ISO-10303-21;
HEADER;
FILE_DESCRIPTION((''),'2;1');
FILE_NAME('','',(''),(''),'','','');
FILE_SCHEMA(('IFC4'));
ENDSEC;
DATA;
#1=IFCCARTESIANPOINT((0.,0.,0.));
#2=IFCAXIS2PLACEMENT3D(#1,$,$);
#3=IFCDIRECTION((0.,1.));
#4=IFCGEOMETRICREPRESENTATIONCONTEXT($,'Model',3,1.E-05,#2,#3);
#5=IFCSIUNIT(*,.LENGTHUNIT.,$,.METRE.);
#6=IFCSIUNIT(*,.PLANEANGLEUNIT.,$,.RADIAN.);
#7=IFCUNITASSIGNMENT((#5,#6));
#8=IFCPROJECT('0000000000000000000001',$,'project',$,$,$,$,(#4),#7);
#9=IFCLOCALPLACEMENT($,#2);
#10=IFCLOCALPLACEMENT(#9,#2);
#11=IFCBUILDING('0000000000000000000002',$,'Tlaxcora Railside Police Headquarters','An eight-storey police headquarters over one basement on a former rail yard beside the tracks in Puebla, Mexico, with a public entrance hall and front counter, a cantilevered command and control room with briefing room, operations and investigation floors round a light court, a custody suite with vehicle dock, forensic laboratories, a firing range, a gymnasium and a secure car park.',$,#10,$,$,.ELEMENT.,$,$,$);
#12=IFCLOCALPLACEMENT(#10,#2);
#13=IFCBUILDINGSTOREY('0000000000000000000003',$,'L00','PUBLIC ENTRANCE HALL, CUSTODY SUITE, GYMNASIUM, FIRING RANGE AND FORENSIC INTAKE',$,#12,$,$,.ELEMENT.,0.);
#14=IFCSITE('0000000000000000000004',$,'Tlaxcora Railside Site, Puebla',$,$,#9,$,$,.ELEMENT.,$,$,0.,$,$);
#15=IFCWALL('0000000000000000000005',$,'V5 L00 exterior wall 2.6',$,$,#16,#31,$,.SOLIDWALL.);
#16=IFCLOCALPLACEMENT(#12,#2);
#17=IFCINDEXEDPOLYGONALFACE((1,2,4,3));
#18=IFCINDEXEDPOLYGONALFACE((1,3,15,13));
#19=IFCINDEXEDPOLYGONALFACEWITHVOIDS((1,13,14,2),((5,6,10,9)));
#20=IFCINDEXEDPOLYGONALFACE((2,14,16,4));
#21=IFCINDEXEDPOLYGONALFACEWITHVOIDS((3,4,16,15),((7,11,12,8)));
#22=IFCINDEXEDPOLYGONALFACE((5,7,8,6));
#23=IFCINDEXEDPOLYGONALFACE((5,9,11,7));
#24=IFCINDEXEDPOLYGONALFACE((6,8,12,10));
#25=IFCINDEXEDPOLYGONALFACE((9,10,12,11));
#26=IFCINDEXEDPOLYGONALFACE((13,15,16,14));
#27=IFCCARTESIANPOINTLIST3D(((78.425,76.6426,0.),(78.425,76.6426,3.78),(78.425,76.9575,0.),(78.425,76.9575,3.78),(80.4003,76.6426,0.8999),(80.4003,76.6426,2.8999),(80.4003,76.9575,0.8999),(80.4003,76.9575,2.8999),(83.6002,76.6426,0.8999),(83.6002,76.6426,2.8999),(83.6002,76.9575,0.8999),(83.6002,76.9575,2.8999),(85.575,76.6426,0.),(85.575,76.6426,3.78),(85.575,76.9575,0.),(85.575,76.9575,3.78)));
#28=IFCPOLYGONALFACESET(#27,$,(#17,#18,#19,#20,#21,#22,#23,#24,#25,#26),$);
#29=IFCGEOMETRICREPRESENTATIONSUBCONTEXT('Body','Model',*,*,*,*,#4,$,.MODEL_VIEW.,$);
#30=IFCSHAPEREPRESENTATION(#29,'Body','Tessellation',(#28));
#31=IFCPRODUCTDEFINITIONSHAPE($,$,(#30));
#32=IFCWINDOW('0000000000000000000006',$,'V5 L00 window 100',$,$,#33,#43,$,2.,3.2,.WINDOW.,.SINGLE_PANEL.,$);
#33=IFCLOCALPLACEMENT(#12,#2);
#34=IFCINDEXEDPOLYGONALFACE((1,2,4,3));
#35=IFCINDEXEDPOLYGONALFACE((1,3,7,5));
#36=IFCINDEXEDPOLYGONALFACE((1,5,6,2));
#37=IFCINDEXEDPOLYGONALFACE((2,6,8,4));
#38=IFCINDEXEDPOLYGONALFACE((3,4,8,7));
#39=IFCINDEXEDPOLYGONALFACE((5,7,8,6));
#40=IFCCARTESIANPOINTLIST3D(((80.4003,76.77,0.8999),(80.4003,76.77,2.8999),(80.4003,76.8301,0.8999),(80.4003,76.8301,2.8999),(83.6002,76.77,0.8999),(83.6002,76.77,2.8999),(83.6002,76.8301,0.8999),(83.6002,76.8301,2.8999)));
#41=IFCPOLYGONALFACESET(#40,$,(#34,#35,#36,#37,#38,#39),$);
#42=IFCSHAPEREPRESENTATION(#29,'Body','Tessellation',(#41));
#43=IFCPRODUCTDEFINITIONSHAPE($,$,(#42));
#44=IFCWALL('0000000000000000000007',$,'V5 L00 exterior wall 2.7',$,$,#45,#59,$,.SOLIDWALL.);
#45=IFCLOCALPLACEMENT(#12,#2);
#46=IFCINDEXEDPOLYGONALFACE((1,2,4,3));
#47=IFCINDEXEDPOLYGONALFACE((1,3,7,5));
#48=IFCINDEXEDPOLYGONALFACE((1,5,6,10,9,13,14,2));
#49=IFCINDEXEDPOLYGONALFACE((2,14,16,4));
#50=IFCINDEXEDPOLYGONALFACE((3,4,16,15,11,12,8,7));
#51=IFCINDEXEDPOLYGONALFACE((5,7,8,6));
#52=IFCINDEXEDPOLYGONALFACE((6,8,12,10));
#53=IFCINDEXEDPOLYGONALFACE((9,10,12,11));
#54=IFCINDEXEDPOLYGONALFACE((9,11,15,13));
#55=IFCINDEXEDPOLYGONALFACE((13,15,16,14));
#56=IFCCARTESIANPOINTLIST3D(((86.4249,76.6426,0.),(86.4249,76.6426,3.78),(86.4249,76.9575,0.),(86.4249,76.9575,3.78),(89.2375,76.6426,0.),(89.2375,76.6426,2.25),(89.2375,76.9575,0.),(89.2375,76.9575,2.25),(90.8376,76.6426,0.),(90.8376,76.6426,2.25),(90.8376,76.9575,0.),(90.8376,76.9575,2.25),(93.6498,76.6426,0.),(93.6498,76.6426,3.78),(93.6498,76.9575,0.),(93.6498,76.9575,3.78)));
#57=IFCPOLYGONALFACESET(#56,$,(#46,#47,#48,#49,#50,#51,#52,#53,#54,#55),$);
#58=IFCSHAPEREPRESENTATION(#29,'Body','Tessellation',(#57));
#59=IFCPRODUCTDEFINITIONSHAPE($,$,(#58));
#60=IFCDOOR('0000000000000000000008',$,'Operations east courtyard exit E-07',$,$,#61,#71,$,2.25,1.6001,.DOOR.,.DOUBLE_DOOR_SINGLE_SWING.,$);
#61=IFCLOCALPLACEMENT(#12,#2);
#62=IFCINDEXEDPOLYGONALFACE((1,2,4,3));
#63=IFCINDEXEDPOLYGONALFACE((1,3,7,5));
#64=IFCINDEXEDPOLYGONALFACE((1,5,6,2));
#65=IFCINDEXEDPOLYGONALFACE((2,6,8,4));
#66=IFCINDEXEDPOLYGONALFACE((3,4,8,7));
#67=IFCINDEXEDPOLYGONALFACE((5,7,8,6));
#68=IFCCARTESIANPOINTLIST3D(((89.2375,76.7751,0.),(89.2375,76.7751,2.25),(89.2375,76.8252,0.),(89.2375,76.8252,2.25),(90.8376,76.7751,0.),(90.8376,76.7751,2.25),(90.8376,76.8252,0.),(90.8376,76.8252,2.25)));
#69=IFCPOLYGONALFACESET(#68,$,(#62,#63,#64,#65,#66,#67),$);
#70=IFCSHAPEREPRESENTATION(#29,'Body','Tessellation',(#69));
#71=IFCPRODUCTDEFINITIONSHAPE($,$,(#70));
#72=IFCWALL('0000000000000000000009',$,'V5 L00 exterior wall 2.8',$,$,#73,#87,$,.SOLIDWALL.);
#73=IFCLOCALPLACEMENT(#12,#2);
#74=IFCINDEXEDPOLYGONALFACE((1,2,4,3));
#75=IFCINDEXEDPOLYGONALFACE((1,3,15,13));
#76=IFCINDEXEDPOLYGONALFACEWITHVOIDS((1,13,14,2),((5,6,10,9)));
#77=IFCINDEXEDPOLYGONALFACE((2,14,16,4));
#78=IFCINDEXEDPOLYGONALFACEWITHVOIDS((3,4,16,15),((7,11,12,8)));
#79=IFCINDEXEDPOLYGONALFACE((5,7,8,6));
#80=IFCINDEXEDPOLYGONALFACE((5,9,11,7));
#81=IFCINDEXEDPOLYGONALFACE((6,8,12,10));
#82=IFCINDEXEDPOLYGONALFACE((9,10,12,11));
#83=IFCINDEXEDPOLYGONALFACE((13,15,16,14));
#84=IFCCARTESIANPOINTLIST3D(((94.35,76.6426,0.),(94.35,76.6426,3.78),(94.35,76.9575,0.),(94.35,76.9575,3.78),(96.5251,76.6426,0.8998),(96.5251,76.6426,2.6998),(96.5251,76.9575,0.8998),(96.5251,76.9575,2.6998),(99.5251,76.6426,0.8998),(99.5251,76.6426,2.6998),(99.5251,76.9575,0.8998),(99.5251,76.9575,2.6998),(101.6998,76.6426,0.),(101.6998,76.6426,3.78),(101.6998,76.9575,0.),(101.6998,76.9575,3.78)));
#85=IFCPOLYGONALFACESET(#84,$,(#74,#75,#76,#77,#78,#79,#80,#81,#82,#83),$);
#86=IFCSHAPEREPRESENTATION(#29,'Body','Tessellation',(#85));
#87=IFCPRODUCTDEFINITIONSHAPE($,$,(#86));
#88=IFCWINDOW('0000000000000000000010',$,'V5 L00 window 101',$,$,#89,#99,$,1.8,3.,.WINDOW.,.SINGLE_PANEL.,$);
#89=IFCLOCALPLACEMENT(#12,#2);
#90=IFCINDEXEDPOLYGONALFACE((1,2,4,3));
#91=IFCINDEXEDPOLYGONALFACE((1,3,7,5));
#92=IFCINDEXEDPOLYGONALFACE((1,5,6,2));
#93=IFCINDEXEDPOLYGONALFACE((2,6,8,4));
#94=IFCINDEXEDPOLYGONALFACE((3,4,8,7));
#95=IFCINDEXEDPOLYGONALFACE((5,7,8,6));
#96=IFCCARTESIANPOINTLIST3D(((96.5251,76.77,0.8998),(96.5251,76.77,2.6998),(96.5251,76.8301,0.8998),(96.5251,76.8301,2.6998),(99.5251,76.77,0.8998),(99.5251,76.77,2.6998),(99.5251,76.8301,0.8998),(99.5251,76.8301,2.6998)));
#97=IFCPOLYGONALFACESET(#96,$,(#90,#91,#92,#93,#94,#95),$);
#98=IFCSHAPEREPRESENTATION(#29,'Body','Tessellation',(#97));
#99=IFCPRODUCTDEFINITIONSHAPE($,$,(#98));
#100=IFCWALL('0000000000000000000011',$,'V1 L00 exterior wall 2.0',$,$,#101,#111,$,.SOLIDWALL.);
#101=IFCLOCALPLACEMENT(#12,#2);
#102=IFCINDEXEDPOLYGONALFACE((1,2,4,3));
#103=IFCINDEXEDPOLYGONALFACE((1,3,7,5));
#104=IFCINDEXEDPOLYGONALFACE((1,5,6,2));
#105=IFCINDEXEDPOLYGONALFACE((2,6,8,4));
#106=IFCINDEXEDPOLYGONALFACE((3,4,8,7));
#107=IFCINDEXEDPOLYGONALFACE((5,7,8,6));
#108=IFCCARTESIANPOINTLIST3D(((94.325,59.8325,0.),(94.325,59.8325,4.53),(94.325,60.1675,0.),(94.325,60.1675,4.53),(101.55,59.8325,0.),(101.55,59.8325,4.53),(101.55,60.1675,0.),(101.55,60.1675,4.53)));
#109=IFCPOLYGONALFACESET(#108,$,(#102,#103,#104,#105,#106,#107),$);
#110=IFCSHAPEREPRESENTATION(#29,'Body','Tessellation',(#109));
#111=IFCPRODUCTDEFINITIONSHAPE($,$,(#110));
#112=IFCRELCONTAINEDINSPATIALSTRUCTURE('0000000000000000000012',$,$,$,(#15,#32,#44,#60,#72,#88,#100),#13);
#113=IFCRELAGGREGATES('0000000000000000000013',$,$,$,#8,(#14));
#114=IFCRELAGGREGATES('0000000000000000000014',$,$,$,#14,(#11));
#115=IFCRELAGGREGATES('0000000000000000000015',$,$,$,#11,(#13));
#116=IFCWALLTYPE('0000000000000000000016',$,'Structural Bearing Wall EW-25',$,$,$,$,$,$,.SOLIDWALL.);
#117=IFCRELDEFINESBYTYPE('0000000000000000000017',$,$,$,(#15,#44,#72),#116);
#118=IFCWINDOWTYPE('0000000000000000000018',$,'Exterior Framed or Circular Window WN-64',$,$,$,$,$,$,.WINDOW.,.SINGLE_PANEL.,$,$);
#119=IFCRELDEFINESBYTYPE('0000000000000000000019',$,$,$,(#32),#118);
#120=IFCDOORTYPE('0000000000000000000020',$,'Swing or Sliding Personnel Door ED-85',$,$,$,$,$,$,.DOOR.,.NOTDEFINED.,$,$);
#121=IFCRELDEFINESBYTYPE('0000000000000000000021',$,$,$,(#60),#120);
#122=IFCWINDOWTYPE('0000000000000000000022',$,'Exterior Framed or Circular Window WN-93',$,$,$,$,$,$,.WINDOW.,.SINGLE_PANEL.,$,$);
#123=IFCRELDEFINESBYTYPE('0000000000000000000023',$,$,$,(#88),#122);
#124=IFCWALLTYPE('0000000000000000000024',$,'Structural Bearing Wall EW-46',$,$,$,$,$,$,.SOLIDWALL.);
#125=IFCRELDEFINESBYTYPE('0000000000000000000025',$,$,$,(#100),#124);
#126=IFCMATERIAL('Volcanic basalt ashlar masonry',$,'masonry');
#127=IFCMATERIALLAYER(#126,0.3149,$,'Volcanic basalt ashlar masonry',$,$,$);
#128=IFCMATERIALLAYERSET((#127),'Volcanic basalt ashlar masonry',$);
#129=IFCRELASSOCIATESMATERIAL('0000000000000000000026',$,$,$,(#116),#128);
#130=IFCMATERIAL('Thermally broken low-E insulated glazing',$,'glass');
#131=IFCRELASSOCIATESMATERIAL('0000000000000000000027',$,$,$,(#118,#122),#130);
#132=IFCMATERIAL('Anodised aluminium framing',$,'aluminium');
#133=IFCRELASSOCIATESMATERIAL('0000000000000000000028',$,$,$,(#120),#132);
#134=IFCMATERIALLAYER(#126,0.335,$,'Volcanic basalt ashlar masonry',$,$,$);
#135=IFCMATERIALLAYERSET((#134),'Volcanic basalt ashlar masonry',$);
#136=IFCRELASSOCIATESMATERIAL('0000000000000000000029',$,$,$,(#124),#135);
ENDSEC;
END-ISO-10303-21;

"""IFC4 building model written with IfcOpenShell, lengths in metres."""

from ifc_helpers import new_model, si_unit, direction, frame, frame_2d, origin, place, context, subcontext, project, spatial, rectangle, extrude, material, layer, layer_set, type_object, element, fill, save


model = new_model("IFC4")

# Units and contexts
model_context = context("Model", 3, precision=1e-05, world=origin(), true_north=direction((0.0, 1.0)))
body_context = subcontext(model_context, "Body", "Model", "MODEL_VIEW")
ifc_project = project(units=[si_unit("LENGTHUNIT", "METRE"), si_unit("PLANEANGLEUNIT", "RADIAN")], contexts=[model_context])

# Site, building, storey
site_placement = place(None, origin())
site = spatial("IfcSite", under=ifc_project, at=site_placement, Name="Tlaxcora Railside Site, Puebla", CompositionType="ELEMENT", RefElevation=0.0)
building_placement = place(site_placement, origin())
building = spatial("IfcBuilding", under=site, at=building_placement, Name="Tlaxcora Railside Police Headquarters", Description="An eight-storey police headquarters over one basement on a former rail yard beside the tracks in Puebla, Mexico, with a public entrance hall and front counter, a cantilevered command and control room with briefing room, operations and investigation floors round a light court, a custody suite with vehicle dock, forensic laboratories, a firing range, a gymnasium and a secure car park.", CompositionType="ELEMENT")
storey_placement = place(building_placement, origin())
storey = spatial("IfcBuildingStorey", under=building, at=storey_placement, Name="L00", Description="PUBLIC ENTRANCE HALL, CUSTODY SUITE, GYMNASIUM, FIRING RANGE AND FORENSIC INTAKE", CompositionType="ELEMENT", Elevation=0.0)

# Wall, opening, window
ifc_material_1 = material(Name="Volcanic basalt ashlar masonry", Category="masonry")
ifc_layer_1 = layer(ifc_material_1, 0.3149, Name="Volcanic basalt ashlar masonry")
ifc_layer_set_1 = layer_set([ifc_layer_1], Name="Volcanic basalt ashlar masonry")
wall_type_1 = type_object("IfcWallType", Name="Structural Bearing Wall EW-25", PredefinedType="SOLIDWALL", material=ifc_layer_set_1)
wall_1_placement = place(storey_placement, frame((78.425, 76.8, 0.0), z_axis=(0.0, 0.0, 1.0), x_axis=(1.0, 0.0, 0.0)))
wall_1 = element("IfcWall", 1, at=wall_1_placement, inside=storey, type_object=wall_type_1, Name="V5 L00 exterior wall 2.6", PredefinedType="SOLIDWALL", context=body_context, shape_type="SweptSolid", body=[
    extrude(rectangle(XDim=7.1499, YDim=0.3149, at=frame_2d((3.575, 0.0))), origin(), (0.0, 0.0, 1.0), 3.78),
])
opening_1_placement = place(wall_1_placement, frame((1.9751, 0.0, 0.8999)))
opening_1 = element("IfcOpeningElement", 2, at=opening_1_placement, cuts=wall_1, PredefinedType="OPENING", context=body_context, shape_type="SweptSolid", body=[
    extrude(rectangle(XDim=3.2, YDim=2.0, at=frame_2d((1.6001, 1.0))), frame((0.0, 0.1675, 0.0), z_axis=(0.0, -1.0, 0.0), x_axis=(1.0, 0.0, 0.0)), (0.0, 0.0, 1.0), 0.335),
])
ifc_material_2 = material(Name="Thermally broken low-E insulated glazing", Category="glass")
window_type_1 = type_object("IfcWindowType", Name="Exterior Framed or Circular Window WN-64", PartitioningType="SINGLE_PANEL", PredefinedType="WINDOW", material=ifc_material_2)
window_1_placement = place(opening_1_placement, origin())
window_1 = element("IfcWindow", 3, at=window_1_placement, inside=storey, type_object=window_type_1, Name="V5 L00 window 100", OverallHeight=2.0, OverallWidth=3.2, PartitioningType="SINGLE_PANEL", PredefinedType="WINDOW", context=body_context, shape_type="SweptSolid", body=[
    extrude(rectangle(XDim=3.2, YDim=2.0, at=frame_2d((1.6001, 1.0))), frame((0.0, 0.03, 0.0), z_axis=(0.0, -1.0, 0.0), x_axis=(1.0, 0.0, 0.0)), (0.0, 0.0, 1.0), 0.0601),
])
fill(opening_1, window_1)

# Wall, opening, door
wall_2_placement = place(storey_placement, frame((86.425, 76.8, 0.0), z_axis=(0.0, 0.0, 1.0), x_axis=(1.0, 0.0, 0.0)))
wall_2 = element("IfcWall", 4, at=wall_2_placement, inside=storey, type_object=wall_type_1, Name="V5 L00 exterior wall 2.7", PredefinedType="SOLIDWALL", context=body_context, shape_type="SweptSolid", body=[
    extrude(rectangle(XDim=7.2249, YDim=0.3149, at=frame_2d((3.6123, 0.0))), origin(), (0.0, 0.0, 1.0), 3.78),
])
opening_2_placement = place(wall_2_placement, frame((2.8125, 0.0, 0.0)))
opening_2 = element("IfcOpeningElement", 5, at=opening_2_placement, cuts=wall_2, PredefinedType="OPENING", context=body_context, shape_type="SweptSolid", body=[
    extrude(rectangle(XDim=1.6001, YDim=2.25, at=frame_2d((0.8, 1.125))), frame((0.0, 0.1675, 0.0), z_axis=(0.0, -1.0, 0.0), x_axis=(1.0, 0.0, 0.0)), (0.0, 0.0, 1.0), 0.335),
])
ifc_material_3 = material(Name="Anodised aluminium framing", Category="aluminium")
door_type = type_object("IfcDoorType", Name="Swing or Sliding Personnel Door ED-85", OperationType="NOTDEFINED", PredefinedType="DOOR", material=ifc_material_3)
door_placement = place(opening_2_placement, frame((1.6001, 0.0, 0.0), z_axis=(0.0, 0.0, 1.0), x_axis=(-1.0, 0.0, 0.0)))
door = element("IfcDoor", 6, at=door_placement, inside=storey, type_object=door_type, Name="Operations east courtyard exit E-07", OperationType="DOUBLE_DOOR_SINGLE_SWING", OverallHeight=2.25, OverallWidth=1.6001, PredefinedType="DOOR", context=body_context, shape_type="SweptSolid", body=[
    extrude(rectangle(XDim=1.6001, YDim=2.25, at=frame_2d((0.8, 1.125))), frame((0.0, 0.0249, 0.0), z_axis=(0.0, -1.0, 0.0), x_axis=(1.0, 0.0, 0.0)), (0.0, 0.0, 1.0), 0.05),
])
fill(opening_2, door)

# Wall, opening, window
wall_3_placement = place(storey_placement, frame((94.3501, 76.8, 0.0), z_axis=(0.0, 0.0, 1.0), x_axis=(1.0, 0.0, 0.0)))
wall_3 = element("IfcWall", 7, at=wall_3_placement, inside=storey, type_object=wall_type_1, Name="V5 L00 exterior wall 2.8", PredefinedType="SOLIDWALL", context=body_context, shape_type="SweptSolid", body=[
    extrude(rectangle(XDim=7.3499, YDim=0.3149, at=frame_2d((3.6748, 0.0))), origin(), (0.0, 0.0, 1.0), 3.78),
])
opening_3_placement = place(wall_3_placement, frame((2.175, 0.0, 0.8999)))
opening_3 = element("IfcOpeningElement", 8, at=opening_3_placement, cuts=wall_3, PredefinedType="OPENING", context=body_context, shape_type="SweptSolid", body=[
    extrude(rectangle(XDim=3.0, YDim=1.8, at=frame_2d((1.5, 0.8999))), frame((0.0, 0.1675, 0.0), z_axis=(0.0, -1.0, 0.0), x_axis=(1.0, 0.0, 0.0)), (0.0, 0.0, 1.0), 0.335),
])
window_type_2 = type_object("IfcWindowType", Name="Exterior Framed or Circular Window WN-93", PartitioningType="SINGLE_PANEL", PredefinedType="WINDOW", material=ifc_material_2)
window_2_placement = place(opening_3_placement, origin())
window_2 = element("IfcWindow", 9, at=window_2_placement, inside=storey, type_object=window_type_2, Name="V5 L00 window 101", OverallHeight=1.8, OverallWidth=3.0, PartitioningType="SINGLE_PANEL", PredefinedType="WINDOW", context=body_context, shape_type="SweptSolid", body=[
    extrude(rectangle(XDim=3.0, YDim=1.8, at=frame_2d((1.5, 0.8999))), frame((0.0, 0.03, 0.0), z_axis=(0.0, -1.0, 0.0), x_axis=(1.0, 0.0, 0.0)), (0.0, 0.0, 1.0), 0.0601),
])
fill(opening_3, window_2)

# Wall
ifc_layer_2 = layer(ifc_material_1, 0.335, Name="Volcanic basalt ashlar masonry")
ifc_layer_set_2 = layer_set([ifc_layer_2], Name="Volcanic basalt ashlar masonry")
wall_type_2 = type_object("IfcWallType", Name="Structural Bearing Wall EW-46", PredefinedType="SOLIDWALL", material=ifc_layer_set_2)
wall_4_placement = place(storey_placement, frame((101.55, 60.0, 0.0), z_axis=(0.0, 0.0, 1.0), x_axis=(-1.0, 0.0, 0.0)))
element("IfcWall", 10, at=wall_4_placement, inside=storey, type_object=wall_type_2, Name="V1 L00 exterior wall 2.0", PredefinedType="SOLIDWALL", context=body_context, shape_type="SweptSolid", body=[
    extrude(rectangle(XDim=7.2251, YDim=0.335, at=frame_2d((3.6125, 0.0))), origin(), (0.0, 0.0, 1.0), 4.53),
])

save(model, "model.ifc")
